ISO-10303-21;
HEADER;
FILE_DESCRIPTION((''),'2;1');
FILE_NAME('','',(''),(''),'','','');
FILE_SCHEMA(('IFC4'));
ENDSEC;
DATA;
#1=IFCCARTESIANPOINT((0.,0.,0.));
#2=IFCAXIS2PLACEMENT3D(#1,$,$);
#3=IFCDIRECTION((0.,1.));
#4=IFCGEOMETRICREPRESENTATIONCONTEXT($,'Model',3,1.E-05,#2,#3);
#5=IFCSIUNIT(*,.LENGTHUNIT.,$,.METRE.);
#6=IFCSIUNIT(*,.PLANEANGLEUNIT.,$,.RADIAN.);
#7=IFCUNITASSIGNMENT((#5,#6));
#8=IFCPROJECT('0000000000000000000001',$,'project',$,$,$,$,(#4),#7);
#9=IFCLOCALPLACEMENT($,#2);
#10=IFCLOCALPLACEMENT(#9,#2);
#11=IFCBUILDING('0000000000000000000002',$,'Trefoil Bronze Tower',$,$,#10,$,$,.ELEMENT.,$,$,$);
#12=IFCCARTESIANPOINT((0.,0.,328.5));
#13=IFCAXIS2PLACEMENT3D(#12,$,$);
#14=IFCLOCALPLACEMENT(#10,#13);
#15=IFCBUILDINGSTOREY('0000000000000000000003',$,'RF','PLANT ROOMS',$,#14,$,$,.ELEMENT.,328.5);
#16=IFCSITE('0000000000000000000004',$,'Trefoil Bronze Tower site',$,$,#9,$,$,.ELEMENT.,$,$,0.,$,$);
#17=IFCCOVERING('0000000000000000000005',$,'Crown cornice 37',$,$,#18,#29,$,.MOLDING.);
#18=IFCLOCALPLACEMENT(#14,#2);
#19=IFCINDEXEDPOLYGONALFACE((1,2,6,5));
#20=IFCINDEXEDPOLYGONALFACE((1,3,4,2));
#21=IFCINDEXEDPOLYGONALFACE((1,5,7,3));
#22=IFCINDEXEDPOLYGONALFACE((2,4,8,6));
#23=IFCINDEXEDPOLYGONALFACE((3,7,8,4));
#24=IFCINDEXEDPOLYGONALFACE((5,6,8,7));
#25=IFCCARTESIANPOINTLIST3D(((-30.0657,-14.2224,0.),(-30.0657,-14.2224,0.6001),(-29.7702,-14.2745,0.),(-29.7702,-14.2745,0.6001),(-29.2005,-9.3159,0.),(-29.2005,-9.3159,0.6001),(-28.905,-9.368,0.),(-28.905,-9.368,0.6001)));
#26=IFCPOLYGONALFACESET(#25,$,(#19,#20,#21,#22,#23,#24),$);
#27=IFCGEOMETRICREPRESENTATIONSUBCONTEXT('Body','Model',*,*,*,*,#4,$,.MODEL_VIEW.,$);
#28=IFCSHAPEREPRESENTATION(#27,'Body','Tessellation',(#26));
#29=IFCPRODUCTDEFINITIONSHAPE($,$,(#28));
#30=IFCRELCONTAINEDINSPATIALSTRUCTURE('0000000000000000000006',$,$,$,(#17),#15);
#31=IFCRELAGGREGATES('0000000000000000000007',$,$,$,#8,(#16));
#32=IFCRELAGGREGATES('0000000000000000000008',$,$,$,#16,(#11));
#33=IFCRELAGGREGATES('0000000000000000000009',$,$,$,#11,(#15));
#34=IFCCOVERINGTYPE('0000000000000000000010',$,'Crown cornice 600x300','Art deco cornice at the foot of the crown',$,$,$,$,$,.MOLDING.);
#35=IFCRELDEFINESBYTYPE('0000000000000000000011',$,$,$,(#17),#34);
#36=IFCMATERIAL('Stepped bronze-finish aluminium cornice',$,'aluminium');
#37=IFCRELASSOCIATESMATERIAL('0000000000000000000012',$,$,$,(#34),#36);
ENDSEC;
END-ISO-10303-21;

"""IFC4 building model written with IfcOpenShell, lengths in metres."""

from ifc_helpers import new_model, si_unit, direction, frame, origin, origin_2d, place, context, subcontext, project, spatial, rectangle, extrude, material, type_object, element, save


model = new_model("IFC4")

# Units and contexts
model_context = context("Model", 3, precision=1e-05, world=origin(), true_north=direction((0.0, 1.0)))
body_context = subcontext(model_context, "Body", "Model", "MODEL_VIEW")
ifc_project = project(units=[si_unit("LENGTHUNIT", "METRE"), si_unit("PLANEANGLEUNIT", "RADIAN")], contexts=[model_context])

# Site, building, storey
site_placement = place(None, origin())
site = spatial("IfcSite", under=ifc_project, at=site_placement, Name="Trefoil Bronze Tower site", CompositionType="ELEMENT", RefElevation=0.0)
building_placement = place(site_placement, origin())
building = spatial("IfcBuilding", under=site, at=building_placement, Name="Trefoil Bronze Tower", CompositionType="ELEMENT")
storey_placement = place(building_placement, frame((0.0, 0.0, 328.5)))
storey = spatial("IfcBuildingStorey", under=building, at=storey_placement, Name="RF", Description="PLANT ROOMS", CompositionType="ELEMENT", Elevation=328.5)

# Covering
ifc_material_1 = material(Name="Stepped bronze-finish aluminium cornice", Category="aluminium")
covering_type = type_object("IfcCoveringType", Name="Crown cornice 600x300", Description="Art deco cornice at the foot of the crown", PredefinedType="MOLDING", material=ifc_material_1)
covering_1_placement = place(storey_placement, frame((-29.4854, -11.7952, 0.0), z_axis=(0.0, 0.0, 1.0), x_axis=(-0.173648, -0.984808, 0.0)))
element("IfcCovering", 1, at=covering_1_placement, inside=storey, type_object=covering_type, Name="Crown cornice 37", PredefinedType="MOLDING", context=body_context, shape_type="SweptSolid", body=[
    extrude(rectangle(XDim=4.9822, YDim=0.3, at=origin_2d()), origin(), (0.0, 0.0, 1.0), 0.6001),
])

save(model, "model.ifc")
